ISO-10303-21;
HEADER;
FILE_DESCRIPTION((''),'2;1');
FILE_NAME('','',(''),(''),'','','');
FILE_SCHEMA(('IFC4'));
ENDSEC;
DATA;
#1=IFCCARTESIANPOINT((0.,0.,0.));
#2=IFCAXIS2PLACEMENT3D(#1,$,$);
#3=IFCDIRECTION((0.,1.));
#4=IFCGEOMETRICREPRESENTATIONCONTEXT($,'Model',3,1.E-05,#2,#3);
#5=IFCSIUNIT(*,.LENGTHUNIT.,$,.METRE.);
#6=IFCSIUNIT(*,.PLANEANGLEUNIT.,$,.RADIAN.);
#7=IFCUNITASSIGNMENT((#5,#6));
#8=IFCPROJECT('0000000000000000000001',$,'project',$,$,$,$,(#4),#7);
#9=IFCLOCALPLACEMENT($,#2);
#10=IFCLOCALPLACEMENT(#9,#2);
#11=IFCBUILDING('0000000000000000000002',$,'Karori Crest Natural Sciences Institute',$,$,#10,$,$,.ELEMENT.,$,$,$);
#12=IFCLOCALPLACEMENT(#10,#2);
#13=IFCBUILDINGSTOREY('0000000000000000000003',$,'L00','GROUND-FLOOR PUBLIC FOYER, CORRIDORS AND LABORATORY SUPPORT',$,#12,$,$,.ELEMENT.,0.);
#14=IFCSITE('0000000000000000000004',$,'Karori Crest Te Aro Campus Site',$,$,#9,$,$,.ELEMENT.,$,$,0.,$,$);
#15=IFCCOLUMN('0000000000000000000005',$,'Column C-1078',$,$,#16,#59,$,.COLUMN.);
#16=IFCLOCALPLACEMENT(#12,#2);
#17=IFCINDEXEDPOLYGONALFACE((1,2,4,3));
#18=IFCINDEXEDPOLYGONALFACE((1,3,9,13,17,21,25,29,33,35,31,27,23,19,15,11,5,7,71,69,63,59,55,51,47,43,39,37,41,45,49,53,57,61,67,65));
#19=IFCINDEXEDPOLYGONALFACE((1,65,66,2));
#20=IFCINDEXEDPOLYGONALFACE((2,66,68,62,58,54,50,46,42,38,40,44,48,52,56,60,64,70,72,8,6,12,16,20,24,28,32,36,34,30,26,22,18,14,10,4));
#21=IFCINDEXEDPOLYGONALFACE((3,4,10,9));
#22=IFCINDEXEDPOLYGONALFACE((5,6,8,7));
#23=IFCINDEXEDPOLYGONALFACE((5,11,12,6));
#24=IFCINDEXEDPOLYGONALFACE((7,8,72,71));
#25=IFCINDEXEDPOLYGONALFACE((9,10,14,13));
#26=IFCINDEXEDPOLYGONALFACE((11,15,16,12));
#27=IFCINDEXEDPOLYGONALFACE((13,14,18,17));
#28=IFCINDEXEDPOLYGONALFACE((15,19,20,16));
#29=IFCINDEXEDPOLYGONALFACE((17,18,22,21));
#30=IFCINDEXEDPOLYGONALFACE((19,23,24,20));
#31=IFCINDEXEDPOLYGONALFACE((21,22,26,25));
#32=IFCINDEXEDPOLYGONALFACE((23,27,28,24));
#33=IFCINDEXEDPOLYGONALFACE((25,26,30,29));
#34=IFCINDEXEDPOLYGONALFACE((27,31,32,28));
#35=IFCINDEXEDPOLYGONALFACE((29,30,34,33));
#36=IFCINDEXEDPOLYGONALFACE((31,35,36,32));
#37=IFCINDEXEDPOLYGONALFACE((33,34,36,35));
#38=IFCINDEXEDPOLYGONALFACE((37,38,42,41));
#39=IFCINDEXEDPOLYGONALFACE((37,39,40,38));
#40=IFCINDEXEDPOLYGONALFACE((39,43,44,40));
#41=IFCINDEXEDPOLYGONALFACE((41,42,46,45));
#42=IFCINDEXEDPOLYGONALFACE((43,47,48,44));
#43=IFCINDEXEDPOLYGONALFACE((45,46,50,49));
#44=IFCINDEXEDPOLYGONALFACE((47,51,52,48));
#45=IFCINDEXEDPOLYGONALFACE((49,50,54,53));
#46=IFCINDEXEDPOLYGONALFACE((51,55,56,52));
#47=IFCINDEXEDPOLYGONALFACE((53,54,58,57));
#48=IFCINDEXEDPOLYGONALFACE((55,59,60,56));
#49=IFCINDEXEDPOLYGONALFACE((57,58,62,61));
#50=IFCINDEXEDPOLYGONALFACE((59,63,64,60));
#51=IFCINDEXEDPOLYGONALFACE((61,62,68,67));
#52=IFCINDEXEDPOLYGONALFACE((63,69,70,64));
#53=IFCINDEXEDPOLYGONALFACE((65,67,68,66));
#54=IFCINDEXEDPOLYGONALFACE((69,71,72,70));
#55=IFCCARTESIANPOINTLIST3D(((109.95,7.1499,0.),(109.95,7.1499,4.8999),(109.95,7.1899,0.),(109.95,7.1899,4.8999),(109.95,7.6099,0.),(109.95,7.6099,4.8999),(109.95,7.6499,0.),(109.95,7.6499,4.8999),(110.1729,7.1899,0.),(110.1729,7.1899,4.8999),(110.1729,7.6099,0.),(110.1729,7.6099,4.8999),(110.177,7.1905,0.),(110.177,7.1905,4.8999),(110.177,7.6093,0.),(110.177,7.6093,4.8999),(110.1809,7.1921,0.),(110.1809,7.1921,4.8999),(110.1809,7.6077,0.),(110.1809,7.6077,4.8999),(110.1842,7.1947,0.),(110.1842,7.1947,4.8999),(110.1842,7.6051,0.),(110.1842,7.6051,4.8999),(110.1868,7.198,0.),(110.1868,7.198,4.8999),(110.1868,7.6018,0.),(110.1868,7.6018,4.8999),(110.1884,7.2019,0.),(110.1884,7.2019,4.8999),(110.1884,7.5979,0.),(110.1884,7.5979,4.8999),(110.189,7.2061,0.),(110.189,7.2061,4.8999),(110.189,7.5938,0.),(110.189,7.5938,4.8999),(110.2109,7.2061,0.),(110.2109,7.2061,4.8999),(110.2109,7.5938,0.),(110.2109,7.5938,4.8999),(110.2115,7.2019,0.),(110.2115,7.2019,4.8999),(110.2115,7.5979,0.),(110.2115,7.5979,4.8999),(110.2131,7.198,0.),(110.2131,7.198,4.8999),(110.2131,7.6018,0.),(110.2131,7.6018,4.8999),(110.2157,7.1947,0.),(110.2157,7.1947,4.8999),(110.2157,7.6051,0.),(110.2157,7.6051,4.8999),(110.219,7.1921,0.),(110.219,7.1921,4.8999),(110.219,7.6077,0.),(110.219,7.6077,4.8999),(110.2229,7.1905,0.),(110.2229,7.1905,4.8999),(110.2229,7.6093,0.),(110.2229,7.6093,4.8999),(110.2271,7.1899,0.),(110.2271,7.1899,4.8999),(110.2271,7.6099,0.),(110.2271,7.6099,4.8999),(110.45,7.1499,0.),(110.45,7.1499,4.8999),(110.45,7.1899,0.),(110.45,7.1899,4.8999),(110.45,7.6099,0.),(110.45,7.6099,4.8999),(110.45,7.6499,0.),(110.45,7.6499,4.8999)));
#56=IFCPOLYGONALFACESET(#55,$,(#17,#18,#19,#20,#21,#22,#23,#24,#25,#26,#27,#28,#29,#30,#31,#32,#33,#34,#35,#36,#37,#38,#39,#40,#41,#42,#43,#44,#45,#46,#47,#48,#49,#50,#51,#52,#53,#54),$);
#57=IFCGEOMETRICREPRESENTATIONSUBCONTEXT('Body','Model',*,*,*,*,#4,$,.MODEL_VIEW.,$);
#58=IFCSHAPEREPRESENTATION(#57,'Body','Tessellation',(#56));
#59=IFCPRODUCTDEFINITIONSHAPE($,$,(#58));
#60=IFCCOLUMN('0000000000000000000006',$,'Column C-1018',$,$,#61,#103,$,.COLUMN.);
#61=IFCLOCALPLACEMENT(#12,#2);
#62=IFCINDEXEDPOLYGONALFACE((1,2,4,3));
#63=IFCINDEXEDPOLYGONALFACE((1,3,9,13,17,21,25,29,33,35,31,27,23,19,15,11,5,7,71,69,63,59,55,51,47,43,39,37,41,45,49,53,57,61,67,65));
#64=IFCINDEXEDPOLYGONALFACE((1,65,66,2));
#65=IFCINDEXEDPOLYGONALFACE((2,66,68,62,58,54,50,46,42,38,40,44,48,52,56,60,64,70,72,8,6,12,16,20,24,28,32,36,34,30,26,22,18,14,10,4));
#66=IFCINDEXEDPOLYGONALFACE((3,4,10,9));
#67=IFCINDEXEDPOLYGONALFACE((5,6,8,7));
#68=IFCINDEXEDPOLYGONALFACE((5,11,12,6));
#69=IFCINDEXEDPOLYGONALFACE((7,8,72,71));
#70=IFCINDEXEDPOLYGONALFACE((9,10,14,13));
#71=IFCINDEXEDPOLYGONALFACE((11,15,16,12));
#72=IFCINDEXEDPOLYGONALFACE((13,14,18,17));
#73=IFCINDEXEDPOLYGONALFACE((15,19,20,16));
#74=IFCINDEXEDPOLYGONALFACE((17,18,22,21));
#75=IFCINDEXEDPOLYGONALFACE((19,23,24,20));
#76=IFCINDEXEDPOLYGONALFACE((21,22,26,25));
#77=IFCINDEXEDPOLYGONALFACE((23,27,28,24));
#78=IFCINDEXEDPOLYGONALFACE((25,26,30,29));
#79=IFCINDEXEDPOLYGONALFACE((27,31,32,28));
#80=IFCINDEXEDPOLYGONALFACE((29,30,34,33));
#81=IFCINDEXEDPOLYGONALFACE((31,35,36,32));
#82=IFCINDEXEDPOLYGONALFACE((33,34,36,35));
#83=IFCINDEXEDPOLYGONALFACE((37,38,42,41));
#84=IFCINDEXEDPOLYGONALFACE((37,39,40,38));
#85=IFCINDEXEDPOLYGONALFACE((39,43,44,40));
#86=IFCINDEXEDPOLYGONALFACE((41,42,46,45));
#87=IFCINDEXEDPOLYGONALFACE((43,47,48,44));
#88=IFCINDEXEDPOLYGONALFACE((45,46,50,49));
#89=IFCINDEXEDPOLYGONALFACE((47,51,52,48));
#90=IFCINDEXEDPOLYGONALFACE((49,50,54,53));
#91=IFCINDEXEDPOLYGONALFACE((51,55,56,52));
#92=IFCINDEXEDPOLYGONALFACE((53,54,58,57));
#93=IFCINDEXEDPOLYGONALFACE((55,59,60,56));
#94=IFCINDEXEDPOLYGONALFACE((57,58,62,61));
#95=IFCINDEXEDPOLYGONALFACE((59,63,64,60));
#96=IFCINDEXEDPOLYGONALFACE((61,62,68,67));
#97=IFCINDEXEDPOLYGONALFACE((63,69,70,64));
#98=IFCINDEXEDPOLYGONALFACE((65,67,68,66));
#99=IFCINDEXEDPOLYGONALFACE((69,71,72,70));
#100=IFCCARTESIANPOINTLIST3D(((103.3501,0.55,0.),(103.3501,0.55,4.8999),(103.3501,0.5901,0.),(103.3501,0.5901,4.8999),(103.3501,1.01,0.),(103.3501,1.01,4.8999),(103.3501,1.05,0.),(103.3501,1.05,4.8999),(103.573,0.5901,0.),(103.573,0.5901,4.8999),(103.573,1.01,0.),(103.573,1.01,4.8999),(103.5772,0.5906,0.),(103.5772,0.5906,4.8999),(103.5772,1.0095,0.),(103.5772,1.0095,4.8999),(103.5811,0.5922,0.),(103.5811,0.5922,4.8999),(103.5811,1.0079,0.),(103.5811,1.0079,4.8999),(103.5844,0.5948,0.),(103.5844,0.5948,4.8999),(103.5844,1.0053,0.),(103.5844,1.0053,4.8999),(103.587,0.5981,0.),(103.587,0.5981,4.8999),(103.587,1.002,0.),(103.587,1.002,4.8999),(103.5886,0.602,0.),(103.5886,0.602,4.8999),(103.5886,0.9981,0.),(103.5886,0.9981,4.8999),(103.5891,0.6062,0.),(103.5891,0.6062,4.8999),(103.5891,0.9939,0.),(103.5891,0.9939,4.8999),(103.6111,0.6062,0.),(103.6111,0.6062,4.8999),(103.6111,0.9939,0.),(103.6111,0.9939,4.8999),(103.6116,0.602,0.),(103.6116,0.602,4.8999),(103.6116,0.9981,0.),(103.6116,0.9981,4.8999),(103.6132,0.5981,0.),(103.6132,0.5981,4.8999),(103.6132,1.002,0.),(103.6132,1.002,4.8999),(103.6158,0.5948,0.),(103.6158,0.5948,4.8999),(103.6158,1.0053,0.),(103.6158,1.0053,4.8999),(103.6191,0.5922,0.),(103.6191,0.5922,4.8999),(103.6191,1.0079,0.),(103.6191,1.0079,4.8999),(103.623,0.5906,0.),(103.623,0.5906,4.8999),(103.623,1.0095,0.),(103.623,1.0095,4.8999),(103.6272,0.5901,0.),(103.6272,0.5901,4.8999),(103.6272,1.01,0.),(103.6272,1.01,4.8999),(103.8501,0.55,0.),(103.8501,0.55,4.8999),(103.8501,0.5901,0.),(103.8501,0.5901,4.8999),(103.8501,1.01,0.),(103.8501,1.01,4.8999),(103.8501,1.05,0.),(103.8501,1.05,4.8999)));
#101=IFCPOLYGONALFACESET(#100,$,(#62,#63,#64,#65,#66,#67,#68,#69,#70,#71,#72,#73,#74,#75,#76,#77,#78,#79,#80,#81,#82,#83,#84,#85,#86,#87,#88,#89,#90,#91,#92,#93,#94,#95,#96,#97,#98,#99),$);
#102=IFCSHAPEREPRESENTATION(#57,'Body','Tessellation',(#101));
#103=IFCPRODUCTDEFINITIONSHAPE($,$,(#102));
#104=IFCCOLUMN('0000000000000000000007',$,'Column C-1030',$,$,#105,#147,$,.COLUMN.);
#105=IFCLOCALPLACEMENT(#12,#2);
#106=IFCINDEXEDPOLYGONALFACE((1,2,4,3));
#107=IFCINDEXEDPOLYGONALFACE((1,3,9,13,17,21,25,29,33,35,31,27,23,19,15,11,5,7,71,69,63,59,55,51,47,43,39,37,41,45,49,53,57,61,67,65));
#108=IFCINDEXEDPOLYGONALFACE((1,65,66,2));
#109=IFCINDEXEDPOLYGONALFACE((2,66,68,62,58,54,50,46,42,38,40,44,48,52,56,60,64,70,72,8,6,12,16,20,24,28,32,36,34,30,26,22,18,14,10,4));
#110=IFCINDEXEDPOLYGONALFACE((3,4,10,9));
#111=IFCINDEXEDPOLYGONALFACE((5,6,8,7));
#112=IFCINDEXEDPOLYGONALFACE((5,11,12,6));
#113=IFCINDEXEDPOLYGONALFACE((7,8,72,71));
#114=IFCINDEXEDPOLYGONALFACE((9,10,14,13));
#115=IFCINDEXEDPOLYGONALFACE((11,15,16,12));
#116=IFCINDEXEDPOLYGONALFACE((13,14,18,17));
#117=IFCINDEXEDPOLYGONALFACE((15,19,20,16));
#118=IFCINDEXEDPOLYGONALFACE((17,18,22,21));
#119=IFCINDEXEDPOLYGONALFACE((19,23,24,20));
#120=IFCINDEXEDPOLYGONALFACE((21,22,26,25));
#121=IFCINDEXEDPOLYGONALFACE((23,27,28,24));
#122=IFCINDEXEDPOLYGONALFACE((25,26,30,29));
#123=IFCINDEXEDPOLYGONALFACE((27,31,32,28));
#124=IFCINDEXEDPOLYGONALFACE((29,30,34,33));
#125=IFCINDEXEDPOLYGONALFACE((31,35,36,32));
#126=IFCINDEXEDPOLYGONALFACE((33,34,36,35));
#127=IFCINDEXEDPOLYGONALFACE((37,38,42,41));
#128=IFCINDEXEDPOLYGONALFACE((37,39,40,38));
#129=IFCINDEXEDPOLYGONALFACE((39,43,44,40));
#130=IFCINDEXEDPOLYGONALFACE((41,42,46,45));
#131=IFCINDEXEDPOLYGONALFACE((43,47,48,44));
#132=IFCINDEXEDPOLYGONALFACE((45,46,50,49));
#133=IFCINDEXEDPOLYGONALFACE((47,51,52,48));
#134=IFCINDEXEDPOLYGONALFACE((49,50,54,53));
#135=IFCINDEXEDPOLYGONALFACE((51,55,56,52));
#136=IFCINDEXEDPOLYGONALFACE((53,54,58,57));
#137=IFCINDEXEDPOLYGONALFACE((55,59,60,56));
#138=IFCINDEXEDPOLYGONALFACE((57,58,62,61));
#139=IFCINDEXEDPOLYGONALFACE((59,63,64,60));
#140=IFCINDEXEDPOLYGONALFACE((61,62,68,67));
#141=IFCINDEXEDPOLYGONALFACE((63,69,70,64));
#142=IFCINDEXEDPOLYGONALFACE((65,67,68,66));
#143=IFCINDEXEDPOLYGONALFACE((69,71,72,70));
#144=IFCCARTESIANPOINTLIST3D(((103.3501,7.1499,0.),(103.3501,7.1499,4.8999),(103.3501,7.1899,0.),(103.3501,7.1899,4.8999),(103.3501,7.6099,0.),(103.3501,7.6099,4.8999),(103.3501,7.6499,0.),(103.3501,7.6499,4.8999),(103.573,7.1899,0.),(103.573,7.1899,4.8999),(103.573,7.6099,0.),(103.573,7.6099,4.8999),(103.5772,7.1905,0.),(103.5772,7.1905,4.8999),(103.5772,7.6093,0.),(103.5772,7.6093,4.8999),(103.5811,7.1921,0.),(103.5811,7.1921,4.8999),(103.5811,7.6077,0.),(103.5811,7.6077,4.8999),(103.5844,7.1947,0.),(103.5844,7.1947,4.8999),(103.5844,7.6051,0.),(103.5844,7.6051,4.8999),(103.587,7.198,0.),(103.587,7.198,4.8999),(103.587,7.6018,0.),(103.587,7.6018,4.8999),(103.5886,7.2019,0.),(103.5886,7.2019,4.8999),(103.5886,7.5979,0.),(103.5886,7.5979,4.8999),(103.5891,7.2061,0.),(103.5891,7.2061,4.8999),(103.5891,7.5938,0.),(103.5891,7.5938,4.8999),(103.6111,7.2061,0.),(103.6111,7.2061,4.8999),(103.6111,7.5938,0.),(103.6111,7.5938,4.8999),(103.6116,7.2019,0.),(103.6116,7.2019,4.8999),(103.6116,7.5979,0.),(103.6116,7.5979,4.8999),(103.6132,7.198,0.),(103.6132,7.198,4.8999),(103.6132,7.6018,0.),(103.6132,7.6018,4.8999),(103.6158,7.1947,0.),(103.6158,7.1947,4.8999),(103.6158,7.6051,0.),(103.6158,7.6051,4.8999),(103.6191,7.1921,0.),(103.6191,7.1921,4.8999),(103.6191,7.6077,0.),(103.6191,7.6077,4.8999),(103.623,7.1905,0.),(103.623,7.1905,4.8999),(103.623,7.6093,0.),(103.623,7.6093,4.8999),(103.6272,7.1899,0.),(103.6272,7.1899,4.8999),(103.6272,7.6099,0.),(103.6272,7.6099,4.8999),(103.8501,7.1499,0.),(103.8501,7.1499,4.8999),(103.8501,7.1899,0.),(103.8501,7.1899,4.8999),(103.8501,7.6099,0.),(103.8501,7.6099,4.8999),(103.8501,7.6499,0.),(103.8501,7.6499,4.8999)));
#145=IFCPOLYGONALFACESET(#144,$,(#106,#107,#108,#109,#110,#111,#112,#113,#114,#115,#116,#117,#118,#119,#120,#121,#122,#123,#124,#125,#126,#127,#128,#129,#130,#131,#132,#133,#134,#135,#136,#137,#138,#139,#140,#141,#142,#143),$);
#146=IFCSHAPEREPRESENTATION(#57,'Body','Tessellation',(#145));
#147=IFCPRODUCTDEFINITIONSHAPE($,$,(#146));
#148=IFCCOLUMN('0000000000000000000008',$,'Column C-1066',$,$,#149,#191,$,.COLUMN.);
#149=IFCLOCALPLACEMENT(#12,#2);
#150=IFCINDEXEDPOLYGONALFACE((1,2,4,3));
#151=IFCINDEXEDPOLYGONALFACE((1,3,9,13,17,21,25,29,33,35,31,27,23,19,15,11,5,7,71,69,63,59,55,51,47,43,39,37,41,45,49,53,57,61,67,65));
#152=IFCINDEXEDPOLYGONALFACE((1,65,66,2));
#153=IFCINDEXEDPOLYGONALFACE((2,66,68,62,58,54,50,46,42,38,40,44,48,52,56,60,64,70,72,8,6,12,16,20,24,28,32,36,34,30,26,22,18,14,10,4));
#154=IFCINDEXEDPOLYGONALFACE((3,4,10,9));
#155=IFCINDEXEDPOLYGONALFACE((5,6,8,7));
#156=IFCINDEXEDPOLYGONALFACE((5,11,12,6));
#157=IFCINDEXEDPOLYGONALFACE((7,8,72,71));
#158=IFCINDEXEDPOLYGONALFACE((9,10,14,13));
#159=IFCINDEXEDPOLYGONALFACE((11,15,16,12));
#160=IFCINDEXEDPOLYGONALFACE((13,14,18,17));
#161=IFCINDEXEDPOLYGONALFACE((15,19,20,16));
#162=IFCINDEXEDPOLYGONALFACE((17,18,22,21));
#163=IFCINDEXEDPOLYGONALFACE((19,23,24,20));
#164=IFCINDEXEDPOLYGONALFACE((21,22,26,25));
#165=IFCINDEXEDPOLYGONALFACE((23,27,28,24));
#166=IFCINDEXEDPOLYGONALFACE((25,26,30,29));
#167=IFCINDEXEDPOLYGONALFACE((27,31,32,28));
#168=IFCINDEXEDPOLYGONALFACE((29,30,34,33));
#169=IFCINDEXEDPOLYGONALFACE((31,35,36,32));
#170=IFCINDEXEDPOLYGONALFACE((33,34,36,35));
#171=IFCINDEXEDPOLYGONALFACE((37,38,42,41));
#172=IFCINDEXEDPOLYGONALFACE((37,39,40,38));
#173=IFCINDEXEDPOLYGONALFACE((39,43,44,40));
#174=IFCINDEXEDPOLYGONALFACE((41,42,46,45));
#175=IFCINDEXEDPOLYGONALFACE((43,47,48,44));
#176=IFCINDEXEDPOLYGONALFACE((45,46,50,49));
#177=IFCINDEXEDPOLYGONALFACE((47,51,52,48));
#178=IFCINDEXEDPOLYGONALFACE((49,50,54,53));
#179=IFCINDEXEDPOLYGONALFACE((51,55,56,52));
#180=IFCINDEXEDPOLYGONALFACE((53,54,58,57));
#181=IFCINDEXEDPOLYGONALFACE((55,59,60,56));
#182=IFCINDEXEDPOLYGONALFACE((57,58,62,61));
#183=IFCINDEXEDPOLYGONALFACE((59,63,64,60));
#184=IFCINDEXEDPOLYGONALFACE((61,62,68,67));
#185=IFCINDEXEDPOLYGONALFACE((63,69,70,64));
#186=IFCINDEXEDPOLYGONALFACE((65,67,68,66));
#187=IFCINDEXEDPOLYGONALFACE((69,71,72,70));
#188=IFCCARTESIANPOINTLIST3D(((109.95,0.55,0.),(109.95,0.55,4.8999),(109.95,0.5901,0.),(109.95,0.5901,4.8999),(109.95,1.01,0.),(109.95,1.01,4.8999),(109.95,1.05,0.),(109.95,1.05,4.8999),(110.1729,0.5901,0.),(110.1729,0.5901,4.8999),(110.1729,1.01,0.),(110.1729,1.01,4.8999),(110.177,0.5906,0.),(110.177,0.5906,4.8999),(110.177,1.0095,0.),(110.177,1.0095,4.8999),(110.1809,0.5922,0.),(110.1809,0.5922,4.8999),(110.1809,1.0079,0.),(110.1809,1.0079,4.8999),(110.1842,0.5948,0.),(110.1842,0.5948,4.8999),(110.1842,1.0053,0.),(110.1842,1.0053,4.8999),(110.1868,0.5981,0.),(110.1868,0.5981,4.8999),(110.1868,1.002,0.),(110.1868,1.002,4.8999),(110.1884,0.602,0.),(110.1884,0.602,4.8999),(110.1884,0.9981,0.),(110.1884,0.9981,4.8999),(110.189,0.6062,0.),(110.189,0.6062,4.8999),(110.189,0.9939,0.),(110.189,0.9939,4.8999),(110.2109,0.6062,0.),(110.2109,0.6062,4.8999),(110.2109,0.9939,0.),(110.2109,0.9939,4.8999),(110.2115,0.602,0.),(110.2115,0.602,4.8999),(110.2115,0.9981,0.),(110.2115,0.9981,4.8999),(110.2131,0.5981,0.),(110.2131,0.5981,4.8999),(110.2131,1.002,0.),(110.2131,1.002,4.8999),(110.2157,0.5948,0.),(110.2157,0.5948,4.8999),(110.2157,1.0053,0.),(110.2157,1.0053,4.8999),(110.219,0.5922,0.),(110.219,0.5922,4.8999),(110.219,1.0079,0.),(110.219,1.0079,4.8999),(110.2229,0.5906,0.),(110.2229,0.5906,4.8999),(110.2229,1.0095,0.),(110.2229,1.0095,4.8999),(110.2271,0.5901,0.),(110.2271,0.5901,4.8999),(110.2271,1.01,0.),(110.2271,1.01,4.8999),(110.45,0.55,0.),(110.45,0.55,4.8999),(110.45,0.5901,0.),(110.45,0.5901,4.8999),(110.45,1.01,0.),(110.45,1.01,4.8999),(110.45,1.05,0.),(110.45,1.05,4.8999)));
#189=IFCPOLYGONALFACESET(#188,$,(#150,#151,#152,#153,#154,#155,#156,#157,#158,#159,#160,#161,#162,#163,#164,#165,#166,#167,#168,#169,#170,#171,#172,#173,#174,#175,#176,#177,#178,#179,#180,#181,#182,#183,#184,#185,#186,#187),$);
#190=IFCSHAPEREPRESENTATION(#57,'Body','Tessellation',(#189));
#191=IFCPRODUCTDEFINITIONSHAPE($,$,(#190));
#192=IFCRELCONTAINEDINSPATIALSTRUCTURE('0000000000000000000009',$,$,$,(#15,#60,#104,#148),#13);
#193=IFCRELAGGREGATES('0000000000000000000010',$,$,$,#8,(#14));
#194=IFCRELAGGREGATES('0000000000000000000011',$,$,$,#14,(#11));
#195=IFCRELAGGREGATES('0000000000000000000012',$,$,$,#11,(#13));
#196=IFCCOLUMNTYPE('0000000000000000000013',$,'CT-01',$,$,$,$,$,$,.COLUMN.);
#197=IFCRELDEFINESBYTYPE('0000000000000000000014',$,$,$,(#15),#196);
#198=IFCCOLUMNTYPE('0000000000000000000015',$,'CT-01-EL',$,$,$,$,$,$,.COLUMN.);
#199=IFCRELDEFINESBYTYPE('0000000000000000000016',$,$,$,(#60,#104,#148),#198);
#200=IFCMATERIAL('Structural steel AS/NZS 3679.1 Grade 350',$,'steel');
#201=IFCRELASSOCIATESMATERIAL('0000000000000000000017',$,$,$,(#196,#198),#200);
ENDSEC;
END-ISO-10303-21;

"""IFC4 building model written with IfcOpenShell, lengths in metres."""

from ifc_helpers import new_model, si_unit, direction, frame, origin, origin_2d, place, context, subcontext, project, spatial, i_section, extrude, material, material_profile, profile_set, type_object, element, save


model = new_model("IFC4")

# Units and contexts
model_context = context("Model", 3, precision=1e-05, world=origin(), true_north=direction((0.0, 1.0)))
body_context = subcontext(model_context, "Body", "Model", "MODEL_VIEW")
ifc_project = project(units=[si_unit("LENGTHUNIT", "METRE"), si_unit("PLANEANGLEUNIT", "RADIAN")], contexts=[model_context])

# Site, building, storey
site_placement = place(None, origin())
site = spatial("IfcSite", under=ifc_project, at=site_placement, Name="Karori Crest Te Aro Campus Site", CompositionType="ELEMENT", RefElevation=0.0)
building_placement = place(site_placement, origin())
building = spatial("IfcBuilding", under=site, at=building_placement, Name="Karori Crest Natural Sciences Institute", CompositionType="ELEMENT")
storey_placement = place(building_placement, origin())
storey = spatial("IfcBuildingStorey", under=building, at=storey_placement, Name="L00", Description="GROUND-FLOOR PUBLIC FOYER, CORRIDORS AND LABORATORY SUPPORT", CompositionType="ELEMENT", Elevation=0.0)

# Columns
ifc_material_1 = material(Name="Structural steel AS/NZS 3679.1 Grade 350", Category="steel")
ifc_material_profile_1 = material_profile(ifc_material_1, i_section(OverallWidth=0.5, OverallDepth=0.5, WebThickness=0.022, FlangeThickness=0.04, FilletRadius=0.0161, at=origin_2d()), Name="500WC440")
ifc_profile_set_1 = profile_set([ifc_material_profile_1], Name="Structural steel AS/NZS 3679.1 Grade 350")
column_type_1 = type_object("IfcColumnType", Name="CT-01", PredefinedType="COLUMN", material=ifc_profile_set_1)
column_placement = place(storey_placement, frame((110.2, 7.3999, 0.0), z_axis=(0.0, 0.0, 1.0), x_axis=(1.0, 0.0, 0.0)))
element("IfcColumn", 1, at=column_placement, inside=storey, type_object=column_type_1, Name="Column C-1078", PredefinedType="COLUMN", context=body_context, shape_type="SweptSolid", body=[
    extrude(i_section(OverallWidth=0.5, OverallDepth=0.5, WebThickness=0.022, FlangeThickness=0.04, FilletRadius=0.0161, at=origin_2d()), origin(), (0.0, 0.0, 1.0), 4.8999),
])
ifc_material_profile_2 = material_profile(ifc_material_1, i_section(OverallWidth=0.5, OverallDepth=0.5, WebThickness=0.022, FlangeThickness=0.04, FilletRadius=0.0161, at=origin_2d()), Name="500WC440")
ifc_profile_set_2 = profile_set([ifc_material_profile_2], Name="Structural steel AS/NZS 3679.1 Grade 350")
column_type_2 = type_object("IfcColumnType", Name="CT-01-EL", PredefinedType="COLUMN", material=ifc_profile_set_2)
for number, where, z_axis, x_axis, name in (
    (2, (103.6001, 0.8, 0.0), (0.0, 0.0, 1.0), (1.0, 0.0, 0.0), "Column C-1018"),
    (3, (103.6001, 7.3999, 0.0), (0.0, 0.0, 1.0), (1.0, 0.0, 0.0), "Column C-1030"),
    (4, (110.2, 0.8, 0.0), (0.0, 0.0, 1.0), (1.0, 0.0, 0.0), "Column C-1066"),
):
    element("IfcColumn", number, at=place(storey_placement, frame(where, z_axis=z_axis, x_axis=x_axis)), inside=storey, type_object=column_type_2, Name=name, PredefinedType="COLUMN", context=body_context, shape_type="SweptSolid", body=[
        extrude(i_section(OverallWidth=0.5, OverallDepth=0.5, WebThickness=0.022, FlangeThickness=0.04, FilletRadius=0.0161, at=origin_2d()), origin(), (0.0, 0.0, 1.0), 4.8999),
    ])

save(model, "model.ifc")
